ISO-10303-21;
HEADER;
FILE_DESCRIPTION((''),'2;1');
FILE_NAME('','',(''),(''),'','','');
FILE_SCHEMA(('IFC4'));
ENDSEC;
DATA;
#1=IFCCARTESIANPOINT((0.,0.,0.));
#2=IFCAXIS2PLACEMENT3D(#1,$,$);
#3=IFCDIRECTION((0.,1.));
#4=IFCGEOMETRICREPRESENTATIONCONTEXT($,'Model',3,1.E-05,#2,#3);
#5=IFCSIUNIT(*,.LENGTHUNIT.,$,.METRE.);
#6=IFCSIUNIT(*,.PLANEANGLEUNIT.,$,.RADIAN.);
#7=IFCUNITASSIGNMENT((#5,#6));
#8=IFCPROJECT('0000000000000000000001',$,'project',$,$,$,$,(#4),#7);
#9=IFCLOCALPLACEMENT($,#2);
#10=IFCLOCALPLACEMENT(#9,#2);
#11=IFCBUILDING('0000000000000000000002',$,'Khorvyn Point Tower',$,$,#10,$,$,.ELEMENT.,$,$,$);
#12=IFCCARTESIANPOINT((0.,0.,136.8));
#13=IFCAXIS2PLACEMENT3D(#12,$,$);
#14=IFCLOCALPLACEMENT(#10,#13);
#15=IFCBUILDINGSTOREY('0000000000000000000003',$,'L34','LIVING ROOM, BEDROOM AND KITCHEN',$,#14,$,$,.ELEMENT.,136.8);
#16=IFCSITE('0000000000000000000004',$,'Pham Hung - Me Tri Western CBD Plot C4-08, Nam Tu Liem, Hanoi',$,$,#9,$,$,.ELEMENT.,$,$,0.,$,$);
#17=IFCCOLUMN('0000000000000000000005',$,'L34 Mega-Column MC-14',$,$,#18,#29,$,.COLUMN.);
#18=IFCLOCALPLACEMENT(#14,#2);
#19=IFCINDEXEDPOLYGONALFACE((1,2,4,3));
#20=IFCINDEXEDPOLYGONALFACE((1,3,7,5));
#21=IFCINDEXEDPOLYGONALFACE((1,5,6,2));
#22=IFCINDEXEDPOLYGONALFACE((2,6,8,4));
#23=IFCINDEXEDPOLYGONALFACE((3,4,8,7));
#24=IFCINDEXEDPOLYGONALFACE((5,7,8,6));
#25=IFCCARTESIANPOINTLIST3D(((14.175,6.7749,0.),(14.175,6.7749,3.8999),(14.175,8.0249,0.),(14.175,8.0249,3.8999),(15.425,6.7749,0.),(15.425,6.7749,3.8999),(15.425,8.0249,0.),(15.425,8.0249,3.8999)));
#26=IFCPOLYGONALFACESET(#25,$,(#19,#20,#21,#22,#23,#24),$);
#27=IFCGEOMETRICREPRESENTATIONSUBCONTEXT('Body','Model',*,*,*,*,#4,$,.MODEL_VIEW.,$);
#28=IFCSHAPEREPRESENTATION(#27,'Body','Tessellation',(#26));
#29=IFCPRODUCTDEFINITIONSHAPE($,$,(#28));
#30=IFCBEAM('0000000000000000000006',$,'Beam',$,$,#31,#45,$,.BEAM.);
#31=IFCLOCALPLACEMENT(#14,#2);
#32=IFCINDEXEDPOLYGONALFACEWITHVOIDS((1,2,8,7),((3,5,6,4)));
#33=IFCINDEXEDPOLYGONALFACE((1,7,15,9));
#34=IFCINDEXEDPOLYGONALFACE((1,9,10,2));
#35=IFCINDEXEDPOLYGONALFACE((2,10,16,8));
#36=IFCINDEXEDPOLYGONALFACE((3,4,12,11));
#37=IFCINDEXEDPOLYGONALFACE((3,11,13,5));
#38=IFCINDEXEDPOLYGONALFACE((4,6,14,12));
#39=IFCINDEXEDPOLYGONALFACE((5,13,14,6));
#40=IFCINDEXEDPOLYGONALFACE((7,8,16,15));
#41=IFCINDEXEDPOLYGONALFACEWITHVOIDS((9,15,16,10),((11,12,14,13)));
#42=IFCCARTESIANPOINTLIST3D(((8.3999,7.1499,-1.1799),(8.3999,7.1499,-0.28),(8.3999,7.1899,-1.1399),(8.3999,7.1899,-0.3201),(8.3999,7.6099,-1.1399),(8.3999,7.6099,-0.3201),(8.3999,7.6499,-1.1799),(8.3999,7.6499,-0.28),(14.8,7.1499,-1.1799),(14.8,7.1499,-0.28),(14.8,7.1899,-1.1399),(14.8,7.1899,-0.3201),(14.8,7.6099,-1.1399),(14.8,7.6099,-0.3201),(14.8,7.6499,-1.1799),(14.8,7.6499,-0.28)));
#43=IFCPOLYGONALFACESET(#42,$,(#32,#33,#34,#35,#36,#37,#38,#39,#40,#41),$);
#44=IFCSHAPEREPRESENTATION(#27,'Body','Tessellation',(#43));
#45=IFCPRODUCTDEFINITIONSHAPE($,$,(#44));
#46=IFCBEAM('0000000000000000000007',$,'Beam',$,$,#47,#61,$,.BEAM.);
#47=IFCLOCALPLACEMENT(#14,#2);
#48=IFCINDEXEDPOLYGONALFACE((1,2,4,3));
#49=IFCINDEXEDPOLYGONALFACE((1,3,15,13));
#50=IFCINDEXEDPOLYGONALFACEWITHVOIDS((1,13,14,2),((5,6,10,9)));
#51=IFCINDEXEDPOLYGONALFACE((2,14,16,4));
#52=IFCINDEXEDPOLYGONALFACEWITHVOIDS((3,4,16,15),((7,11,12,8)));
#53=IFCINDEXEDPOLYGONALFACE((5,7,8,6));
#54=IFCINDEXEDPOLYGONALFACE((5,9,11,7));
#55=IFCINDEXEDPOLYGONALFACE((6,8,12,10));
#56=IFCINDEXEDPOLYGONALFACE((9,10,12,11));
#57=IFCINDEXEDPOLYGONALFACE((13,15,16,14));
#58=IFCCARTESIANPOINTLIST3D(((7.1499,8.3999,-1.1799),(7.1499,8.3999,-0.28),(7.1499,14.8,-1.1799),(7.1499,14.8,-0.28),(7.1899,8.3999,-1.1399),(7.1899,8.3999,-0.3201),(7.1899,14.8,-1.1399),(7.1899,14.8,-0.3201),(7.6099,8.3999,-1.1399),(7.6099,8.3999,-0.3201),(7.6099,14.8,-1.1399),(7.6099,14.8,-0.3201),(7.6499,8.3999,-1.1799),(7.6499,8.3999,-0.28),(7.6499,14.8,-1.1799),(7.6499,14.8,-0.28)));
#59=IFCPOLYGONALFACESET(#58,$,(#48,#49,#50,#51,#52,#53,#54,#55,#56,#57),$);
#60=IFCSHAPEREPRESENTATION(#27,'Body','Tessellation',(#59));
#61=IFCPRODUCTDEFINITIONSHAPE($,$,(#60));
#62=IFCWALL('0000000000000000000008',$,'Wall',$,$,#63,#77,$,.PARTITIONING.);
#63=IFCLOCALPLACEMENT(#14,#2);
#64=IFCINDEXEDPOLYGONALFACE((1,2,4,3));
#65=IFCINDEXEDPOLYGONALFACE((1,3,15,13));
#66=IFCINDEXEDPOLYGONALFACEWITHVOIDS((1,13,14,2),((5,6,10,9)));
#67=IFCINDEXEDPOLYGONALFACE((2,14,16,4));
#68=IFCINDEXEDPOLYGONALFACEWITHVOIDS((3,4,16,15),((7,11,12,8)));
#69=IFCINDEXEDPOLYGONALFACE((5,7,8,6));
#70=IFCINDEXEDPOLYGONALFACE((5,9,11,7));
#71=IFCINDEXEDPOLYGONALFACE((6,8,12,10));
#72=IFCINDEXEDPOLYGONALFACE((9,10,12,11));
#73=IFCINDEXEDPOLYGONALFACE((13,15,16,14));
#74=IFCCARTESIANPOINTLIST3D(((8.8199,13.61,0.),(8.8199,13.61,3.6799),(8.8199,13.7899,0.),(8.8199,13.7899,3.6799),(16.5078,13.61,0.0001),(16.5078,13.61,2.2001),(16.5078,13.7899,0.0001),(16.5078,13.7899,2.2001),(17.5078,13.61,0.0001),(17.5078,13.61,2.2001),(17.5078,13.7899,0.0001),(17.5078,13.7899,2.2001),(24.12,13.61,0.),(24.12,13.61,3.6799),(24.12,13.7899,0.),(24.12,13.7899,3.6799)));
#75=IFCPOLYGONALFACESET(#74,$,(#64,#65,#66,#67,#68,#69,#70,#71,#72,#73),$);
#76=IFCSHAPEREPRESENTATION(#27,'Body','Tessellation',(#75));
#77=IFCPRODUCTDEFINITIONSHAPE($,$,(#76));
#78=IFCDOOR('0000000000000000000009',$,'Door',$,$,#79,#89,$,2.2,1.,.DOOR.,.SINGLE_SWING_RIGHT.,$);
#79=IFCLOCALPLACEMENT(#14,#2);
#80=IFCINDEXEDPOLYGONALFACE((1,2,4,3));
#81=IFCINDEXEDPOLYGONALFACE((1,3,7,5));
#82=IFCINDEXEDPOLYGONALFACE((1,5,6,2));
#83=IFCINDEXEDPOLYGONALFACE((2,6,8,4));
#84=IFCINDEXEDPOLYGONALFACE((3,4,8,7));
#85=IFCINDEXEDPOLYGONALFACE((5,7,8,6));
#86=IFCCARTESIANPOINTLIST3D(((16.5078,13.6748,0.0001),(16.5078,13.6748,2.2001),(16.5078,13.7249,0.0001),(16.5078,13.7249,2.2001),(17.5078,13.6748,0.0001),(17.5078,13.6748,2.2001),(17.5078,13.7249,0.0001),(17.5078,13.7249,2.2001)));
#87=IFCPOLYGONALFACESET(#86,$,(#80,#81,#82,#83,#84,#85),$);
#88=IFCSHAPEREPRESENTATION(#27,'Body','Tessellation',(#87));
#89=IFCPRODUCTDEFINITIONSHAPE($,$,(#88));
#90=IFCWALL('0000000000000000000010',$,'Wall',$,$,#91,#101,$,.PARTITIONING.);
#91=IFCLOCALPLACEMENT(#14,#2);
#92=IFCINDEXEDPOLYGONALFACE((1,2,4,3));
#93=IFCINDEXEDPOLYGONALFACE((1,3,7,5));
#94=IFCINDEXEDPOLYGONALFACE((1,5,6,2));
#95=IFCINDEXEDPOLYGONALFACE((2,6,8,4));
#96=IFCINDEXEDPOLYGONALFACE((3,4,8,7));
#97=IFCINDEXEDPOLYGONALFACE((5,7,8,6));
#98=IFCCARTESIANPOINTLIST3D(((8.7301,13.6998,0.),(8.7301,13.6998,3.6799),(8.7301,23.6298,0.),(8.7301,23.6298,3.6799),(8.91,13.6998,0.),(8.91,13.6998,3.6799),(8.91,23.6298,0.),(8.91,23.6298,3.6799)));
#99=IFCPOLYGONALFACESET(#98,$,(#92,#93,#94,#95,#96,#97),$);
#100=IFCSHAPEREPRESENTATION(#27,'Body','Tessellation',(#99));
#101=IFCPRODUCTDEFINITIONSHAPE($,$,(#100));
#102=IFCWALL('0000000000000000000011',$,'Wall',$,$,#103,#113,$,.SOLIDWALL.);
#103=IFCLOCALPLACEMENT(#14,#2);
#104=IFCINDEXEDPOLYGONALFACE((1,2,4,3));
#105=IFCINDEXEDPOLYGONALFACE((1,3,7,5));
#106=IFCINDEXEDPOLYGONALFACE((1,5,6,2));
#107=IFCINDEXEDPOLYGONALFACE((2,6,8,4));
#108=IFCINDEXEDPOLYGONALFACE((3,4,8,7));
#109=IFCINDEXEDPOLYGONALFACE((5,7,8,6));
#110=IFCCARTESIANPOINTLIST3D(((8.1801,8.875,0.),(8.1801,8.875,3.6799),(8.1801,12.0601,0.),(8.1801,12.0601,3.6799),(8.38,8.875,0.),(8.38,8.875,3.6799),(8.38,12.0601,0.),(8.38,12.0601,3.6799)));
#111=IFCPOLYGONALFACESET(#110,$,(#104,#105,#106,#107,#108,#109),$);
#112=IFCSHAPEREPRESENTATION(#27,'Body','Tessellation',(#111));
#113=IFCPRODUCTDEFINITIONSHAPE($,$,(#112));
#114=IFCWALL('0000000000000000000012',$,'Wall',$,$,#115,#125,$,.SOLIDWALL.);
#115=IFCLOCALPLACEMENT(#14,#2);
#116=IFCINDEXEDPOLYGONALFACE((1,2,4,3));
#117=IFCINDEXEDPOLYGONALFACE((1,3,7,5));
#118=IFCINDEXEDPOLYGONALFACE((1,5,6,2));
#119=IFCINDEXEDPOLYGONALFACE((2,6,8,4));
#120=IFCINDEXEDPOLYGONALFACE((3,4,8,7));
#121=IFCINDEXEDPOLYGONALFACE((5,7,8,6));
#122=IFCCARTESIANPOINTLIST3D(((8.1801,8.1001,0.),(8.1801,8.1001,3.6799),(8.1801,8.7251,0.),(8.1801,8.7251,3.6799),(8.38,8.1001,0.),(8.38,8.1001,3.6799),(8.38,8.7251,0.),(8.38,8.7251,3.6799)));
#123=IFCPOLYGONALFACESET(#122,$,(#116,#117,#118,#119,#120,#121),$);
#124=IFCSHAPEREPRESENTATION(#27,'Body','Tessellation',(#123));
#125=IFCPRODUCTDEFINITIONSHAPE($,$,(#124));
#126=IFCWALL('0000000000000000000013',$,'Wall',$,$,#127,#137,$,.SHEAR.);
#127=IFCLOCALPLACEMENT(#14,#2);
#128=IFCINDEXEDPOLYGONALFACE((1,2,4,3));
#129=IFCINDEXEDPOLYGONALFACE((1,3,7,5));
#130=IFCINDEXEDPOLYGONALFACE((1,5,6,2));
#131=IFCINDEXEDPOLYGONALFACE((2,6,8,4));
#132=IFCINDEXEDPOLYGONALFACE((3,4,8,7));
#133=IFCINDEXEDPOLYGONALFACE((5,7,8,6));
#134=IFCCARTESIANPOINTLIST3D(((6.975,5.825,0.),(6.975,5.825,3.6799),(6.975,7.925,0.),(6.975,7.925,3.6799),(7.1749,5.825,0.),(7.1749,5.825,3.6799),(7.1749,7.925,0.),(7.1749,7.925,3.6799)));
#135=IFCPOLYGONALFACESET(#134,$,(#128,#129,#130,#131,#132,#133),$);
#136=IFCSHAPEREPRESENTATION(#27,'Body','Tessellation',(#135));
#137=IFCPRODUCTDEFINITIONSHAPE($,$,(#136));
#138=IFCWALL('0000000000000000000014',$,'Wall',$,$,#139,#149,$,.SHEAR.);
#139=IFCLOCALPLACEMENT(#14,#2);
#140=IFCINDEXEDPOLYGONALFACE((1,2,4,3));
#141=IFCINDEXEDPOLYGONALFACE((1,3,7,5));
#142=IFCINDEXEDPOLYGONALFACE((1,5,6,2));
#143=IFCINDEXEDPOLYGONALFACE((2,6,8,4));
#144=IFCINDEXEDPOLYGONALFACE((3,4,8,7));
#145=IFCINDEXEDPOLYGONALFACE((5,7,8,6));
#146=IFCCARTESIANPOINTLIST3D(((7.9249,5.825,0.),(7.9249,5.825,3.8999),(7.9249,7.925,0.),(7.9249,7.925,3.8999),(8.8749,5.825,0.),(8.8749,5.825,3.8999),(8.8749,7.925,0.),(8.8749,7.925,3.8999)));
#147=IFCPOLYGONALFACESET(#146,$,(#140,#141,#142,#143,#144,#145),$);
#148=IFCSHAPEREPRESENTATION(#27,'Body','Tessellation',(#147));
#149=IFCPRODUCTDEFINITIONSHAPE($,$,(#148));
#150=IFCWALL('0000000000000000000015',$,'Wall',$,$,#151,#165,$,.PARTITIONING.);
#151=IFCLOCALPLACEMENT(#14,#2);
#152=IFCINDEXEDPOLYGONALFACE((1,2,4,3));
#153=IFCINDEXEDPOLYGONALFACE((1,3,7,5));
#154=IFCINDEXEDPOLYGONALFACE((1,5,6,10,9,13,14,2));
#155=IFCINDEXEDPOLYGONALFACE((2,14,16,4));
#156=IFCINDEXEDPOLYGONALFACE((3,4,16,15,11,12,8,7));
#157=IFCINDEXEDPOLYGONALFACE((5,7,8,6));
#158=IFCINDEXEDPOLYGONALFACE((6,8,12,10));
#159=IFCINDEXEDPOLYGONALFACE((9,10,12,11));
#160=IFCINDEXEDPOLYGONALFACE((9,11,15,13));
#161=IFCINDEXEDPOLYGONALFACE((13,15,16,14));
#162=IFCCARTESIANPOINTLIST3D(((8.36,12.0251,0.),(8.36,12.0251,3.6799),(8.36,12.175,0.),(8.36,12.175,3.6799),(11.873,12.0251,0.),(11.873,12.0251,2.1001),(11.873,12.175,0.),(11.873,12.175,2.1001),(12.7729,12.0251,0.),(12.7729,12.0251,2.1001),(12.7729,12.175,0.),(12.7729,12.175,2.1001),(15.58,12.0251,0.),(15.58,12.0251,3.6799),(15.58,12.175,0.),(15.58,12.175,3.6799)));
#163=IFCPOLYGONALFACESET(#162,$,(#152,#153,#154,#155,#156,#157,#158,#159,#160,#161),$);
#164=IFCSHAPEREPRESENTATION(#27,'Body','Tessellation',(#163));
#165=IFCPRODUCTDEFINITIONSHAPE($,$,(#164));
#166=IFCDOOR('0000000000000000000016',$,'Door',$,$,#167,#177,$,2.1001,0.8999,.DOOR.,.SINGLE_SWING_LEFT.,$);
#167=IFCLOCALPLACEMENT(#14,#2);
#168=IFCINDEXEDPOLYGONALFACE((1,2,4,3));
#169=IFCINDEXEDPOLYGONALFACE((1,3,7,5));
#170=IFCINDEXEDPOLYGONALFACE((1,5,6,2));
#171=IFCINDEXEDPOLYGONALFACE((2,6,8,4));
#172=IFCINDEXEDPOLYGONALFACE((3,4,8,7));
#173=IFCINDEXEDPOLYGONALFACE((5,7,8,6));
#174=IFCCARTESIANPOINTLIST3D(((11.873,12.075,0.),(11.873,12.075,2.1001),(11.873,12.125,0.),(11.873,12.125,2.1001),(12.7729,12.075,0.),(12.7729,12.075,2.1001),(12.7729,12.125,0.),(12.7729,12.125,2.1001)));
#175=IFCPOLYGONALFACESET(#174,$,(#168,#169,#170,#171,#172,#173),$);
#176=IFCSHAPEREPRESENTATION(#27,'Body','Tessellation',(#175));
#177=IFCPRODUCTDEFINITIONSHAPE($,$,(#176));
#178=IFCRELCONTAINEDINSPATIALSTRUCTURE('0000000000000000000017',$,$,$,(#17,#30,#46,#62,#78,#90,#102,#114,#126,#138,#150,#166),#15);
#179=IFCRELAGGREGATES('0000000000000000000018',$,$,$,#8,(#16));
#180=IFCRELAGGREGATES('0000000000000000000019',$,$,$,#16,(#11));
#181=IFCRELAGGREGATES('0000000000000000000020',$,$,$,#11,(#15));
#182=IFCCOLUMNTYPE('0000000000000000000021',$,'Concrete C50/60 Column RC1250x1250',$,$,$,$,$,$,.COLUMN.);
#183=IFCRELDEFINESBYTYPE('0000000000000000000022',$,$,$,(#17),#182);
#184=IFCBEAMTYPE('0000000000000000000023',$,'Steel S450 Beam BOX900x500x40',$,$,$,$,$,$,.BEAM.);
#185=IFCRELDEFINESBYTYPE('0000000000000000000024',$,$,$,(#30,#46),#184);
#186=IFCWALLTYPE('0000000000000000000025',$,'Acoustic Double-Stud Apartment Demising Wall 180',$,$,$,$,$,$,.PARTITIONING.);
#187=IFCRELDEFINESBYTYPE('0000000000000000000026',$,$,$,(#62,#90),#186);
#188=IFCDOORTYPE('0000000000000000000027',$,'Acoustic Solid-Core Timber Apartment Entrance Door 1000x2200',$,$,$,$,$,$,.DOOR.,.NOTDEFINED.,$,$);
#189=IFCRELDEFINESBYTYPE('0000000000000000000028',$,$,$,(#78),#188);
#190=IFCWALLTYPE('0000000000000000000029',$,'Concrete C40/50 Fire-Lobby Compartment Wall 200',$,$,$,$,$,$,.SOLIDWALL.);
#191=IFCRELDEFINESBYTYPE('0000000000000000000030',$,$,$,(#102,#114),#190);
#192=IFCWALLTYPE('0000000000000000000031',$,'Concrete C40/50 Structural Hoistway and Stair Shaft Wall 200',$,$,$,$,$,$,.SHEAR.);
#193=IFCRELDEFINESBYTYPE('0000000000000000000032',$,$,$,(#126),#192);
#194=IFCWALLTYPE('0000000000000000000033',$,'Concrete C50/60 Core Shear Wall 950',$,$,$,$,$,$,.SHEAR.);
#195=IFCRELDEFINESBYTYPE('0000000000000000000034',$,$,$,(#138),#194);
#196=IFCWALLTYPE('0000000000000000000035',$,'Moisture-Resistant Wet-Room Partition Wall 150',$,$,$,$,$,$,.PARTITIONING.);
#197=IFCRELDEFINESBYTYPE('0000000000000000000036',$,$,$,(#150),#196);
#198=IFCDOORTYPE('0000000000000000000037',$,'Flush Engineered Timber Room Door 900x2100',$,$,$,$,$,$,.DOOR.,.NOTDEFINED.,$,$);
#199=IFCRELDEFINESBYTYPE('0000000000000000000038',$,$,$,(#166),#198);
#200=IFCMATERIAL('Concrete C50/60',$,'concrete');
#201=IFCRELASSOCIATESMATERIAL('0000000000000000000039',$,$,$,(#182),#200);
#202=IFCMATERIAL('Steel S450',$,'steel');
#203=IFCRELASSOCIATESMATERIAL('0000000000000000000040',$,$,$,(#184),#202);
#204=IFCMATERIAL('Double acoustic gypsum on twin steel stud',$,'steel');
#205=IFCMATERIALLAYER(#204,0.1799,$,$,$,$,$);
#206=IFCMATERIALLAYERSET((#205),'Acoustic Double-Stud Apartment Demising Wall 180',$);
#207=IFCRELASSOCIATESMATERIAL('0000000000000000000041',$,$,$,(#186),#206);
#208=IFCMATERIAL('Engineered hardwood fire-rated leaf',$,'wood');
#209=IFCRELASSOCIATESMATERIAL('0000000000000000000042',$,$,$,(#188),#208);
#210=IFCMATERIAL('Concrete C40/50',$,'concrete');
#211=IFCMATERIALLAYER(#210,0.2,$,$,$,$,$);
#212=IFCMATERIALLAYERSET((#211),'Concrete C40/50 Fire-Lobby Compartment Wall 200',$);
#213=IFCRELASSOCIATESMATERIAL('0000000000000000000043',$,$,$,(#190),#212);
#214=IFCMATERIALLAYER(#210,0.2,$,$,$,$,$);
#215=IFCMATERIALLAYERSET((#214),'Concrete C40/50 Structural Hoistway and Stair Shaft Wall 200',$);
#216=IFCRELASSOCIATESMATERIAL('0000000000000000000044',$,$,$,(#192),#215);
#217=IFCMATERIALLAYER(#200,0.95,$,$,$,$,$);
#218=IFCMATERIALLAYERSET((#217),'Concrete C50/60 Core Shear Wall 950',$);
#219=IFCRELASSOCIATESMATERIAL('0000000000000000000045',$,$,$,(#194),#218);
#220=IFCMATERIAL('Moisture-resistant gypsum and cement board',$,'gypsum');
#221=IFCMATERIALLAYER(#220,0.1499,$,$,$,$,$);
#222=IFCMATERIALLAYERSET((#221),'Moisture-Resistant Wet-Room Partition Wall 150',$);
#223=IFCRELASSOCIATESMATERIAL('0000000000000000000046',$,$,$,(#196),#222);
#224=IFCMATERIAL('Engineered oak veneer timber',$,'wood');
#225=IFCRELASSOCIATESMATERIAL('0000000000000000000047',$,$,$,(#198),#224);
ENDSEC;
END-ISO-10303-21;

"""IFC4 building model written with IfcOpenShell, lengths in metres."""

from ifc_helpers import new_model, si_unit, direction, frame, frame_2d, origin, origin_2d, place, context, subcontext, project, spatial, rectangle, hollow_rectangle, extrude, material, layer, layer_set, material_profile, profile_set, type_object, element, fill, save


model = new_model("IFC4")

# Units and contexts
model_context = context("Model", 3, precision=1e-05, world=origin(), true_north=direction((0.0, 1.0)))
body_context = subcontext(model_context, "Body", "Model", "MODEL_VIEW")
ifc_project = project(units=[si_unit("LENGTHUNIT", "METRE"), si_unit("PLANEANGLEUNIT", "RADIAN")], contexts=[model_context])

# Site, building, storey
site_placement = place(None, origin())
site = spatial("IfcSite", under=ifc_project, at=site_placement, Name="Pham Hung - Me Tri Western CBD Plot C4-08, Nam Tu Liem, Hanoi", CompositionType="ELEMENT", RefElevation=0.0)
building_placement = place(site_placement, origin())
building = spatial("IfcBuilding", under=site, at=building_placement, Name="Khorvyn Point Tower", CompositionType="ELEMENT")
storey_placement = place(building_placement, frame((0.0, 0.0, 136.8)))
storey = spatial("IfcBuildingStorey", under=building, at=storey_placement, Name="L34", Description="LIVING ROOM, BEDROOM AND KITCHEN", CompositionType="ELEMENT", Elevation=136.8)

# Column
ifc_material_1 = material(Name="Concrete C50/60", Category="concrete")
ifc_material_profile_1 = material_profile(ifc_material_1, rectangle(XDim=1.25, YDim=1.25, at=origin_2d()))
ifc_profile_set_1 = profile_set([ifc_material_profile_1], Name="Concrete C50/60 RC1250x1250")
column_type = type_object("IfcColumnType", Name="Concrete C50/60 Column RC1250x1250", PredefinedType="COLUMN", material=ifc_profile_set_1)
column_placement = place(storey_placement, frame((14.8, 7.3999, 0.0), z_axis=(0.0, 0.0, 1.0), x_axis=(1.0, 0.0, 0.0)))
element("IfcColumn", 1, at=column_placement, inside=storey, type_object=column_type, Name="L34 Mega-Column MC-14", PredefinedType="COLUMN", context=body_context, shape_type="SweptSolid", body=[
    extrude(rectangle(XDim=1.25, YDim=1.25, at=origin_2d()), origin(), (0.0, 0.0, 1.0), 3.8999),
])

# Beams
ifc_material_2 = material(Name="Steel S450", Category="steel")
ifc_material_profile_2 = material_profile(ifc_material_2, hollow_rectangle(XDim=0.5, YDim=0.8999, WallThickness=0.04, at=origin_2d()))
ifc_profile_set_2 = profile_set([ifc_material_profile_2], Name="Steel S450 BOX900x500x40")
beam_type = type_object("IfcBeamType", Name="Steel S450 Beam BOX900x500x40", PredefinedType="BEAM", material=ifc_profile_set_2)
for number, where, z_axis, x_axis, name in (
    (2, (8.3999, 7.3999, -0.73), (1.0, 0.0, 0.0), (0.0, 1.0, 0.0), "Beam"),
    (3, (7.3999, 8.3999, -0.73), (0.0, 1.0, 0.0), (-1.0, 0.0, 0.0), "Beam"),
):
    element("IfcBeam", number, at=place(storey_placement, frame(where, z_axis=z_axis, x_axis=x_axis)), inside=storey, type_object=beam_type, Name=name, PredefinedType="BEAM", context=body_context, shape_type="SweptSolid", body=[
        extrude(hollow_rectangle(XDim=0.5, YDim=0.8999, WallThickness=0.04, at=origin_2d()), origin(), (0.0, 0.0, 1.0), 6.4001),
    ])

# Wall, opening, door
ifc_material_3 = material(Name="Double acoustic gypsum on twin steel stud", Category="steel")
ifc_layer_1 = layer(ifc_material_3, 0.1799)
ifc_layer_set_1 = layer_set([ifc_layer_1], Name="Acoustic Double-Stud Apartment Demising Wall 180")
wall_type_1 = type_object("IfcWallType", Name="Acoustic Double-Stud Apartment Demising Wall 180", PredefinedType="PARTITIONING", material=ifc_layer_set_1)
wall_1_placement = place(storey_placement, frame((8.8201, 13.7, 0.0), z_axis=(0.0, 0.0, 1.0), x_axis=(1.0, 0.0, 0.0)))
wall_1 = element("IfcWall", 4, at=wall_1_placement, inside=storey, type_object=wall_type_1, Name="Wall", PredefinedType="PARTITIONING", context=body_context, shape_type="SweptSolid", body=[
    extrude(rectangle(XDim=15.3, YDim=0.1799, at=frame_2d((7.6499, 0.0))), origin(), (0.0, 0.0, 1.0), 3.6799),
])
opening_1_placement = place(wall_1_placement, frame((7.6877, 0.0, 0.0)))
opening_1 = element("IfcOpeningElement", 5, at=opening_1_placement, cuts=wall_1, PredefinedType="OPENING", context=body_context, shape_type="SweptSolid", body=[
    extrude(rectangle(XDim=1.0, YDim=2.2, at=frame_2d((0.5, 1.1001))), frame((0.0, 0.0999, 0.0), z_axis=(0.0, -1.0, 0.0), x_axis=(1.0, 0.0, 0.0)), (0.0, 0.0, 1.0), 0.2),
])
ifc_material_4 = material(Name="Engineered hardwood fire-rated leaf", Category="wood")
door_type_1 = type_object("IfcDoorType", Name="Acoustic Solid-Core Timber Apartment Entrance Door 1000x2200", OperationType="NOTDEFINED", PredefinedType="DOOR", material=ifc_material_4)
door_1_placement = place(opening_1_placement, origin())
door_1 = element("IfcDoor", 6, at=door_1_placement, inside=storey, type_object=door_type_1, Name="Door", OperationType="SINGLE_SWING_RIGHT", OverallHeight=2.2, OverallWidth=1.0, PredefinedType="DOOR", context=body_context, shape_type="SweptSolid", body=[
    extrude(rectangle(XDim=1.0, YDim=2.2, at=frame_2d((0.5, 1.1001))), frame((0.0, 0.0249, 0.0), z_axis=(0.0, -1.0, 0.0), x_axis=(1.0, 0.0, 0.0)), (0.0, 0.0, 1.0), 0.05),
])
fill(opening_1, door_1)

# Wall
wall_2_placement = place(storey_placement, frame((8.8201, 13.7, 0.0), z_axis=(0.0, 0.0, 1.0), x_axis=(0.0, 1.0, 0.0)))
element("IfcWall", 7, at=wall_2_placement, inside=storey, type_object=wall_type_1, Name="Wall", PredefinedType="PARTITIONING", context=body_context, shape_type="SweptSolid", body=[
    extrude(rectangle(XDim=9.9299, YDim=0.1799, at=frame_2d((4.9648, 0.0))), origin(), (0.0, 0.0, 1.0), 3.6799),
])

# Shared definitions
ifc_material_5 = material(Name="Concrete C40/50", Category="concrete")
ifc_layer_2 = layer(ifc_material_5, 0.2)
ifc_layer_set_2 = layer_set([ifc_layer_2], Name="Concrete C40/50 Fire-Lobby Compartment Wall 200")
wall_type_2 = type_object("IfcWallType", Name="Concrete C40/50 Fire-Lobby Compartment Wall 200", PredefinedType="SOLIDWALL", material=ifc_layer_set_2)

# Walls
wall_3_placement = place(storey_placement, frame((8.28, 8.875, 0.0), z_axis=(0.0, 0.0, 1.0), x_axis=(0.0, 1.0, 0.0)))
element("IfcWall", 8, at=wall_3_placement, inside=storey, type_object=wall_type_2, Name="Wall", PredefinedType="SOLIDWALL", context=body_context, shape_type="SweptSolid", body=[
    extrude(rectangle(XDim=3.1851, YDim=0.2, at=frame_2d((1.5925, 0.0))), origin(), (0.0, 0.0, 1.0), 3.6799),
])
wall_4_placement = place(storey_placement, frame((8.28, 8.1001, 0.0), z_axis=(0.0, 0.0, 1.0), x_axis=(0.0, 1.0, 0.0)))
element("IfcWall", 9, at=wall_4_placement, inside=storey, type_object=wall_type_2, Name="Wall", PredefinedType="SOLIDWALL", context=body_context, shape_type="SweptSolid", body=[
    extrude(rectangle(XDim=0.625, YDim=0.2, at=frame_2d((0.3125, 0.0))), origin(), (0.0, 0.0, 1.0), 3.6799),
])
ifc_layer_3 = layer(ifc_material_5, 0.2)
ifc_layer_set_3 = layer_set([ifc_layer_3], Name="Concrete C40/50 Structural Hoistway and Stair Shaft Wall 200")
wall_type_3 = type_object("IfcWallType", Name="Concrete C40/50 Structural Hoistway and Stair Shaft Wall 200", PredefinedType="SHEAR", material=ifc_layer_set_3)
wall_5_placement = place(storey_placement, frame((7.075, 5.825, 0.0), z_axis=(0.0, 0.0, 1.0), x_axis=(0.0, 1.0, 0.0)))
element("IfcWall", 10, at=wall_5_placement, inside=storey, type_object=wall_type_3, Name="Wall", PredefinedType="SHEAR", context=body_context, shape_type="SweptSolid", body=[
    extrude(rectangle(XDim=2.1001, YDim=0.2, at=frame_2d((1.05, 0.0))), origin(), (0.0, 0.0, 1.0), 3.6799),
])
ifc_layer_4 = layer(ifc_material_1, 0.95)
ifc_layer_set_4 = layer_set([ifc_layer_4], Name="Concrete C50/60 Core Shear Wall 950")
wall_type_4 = type_object("IfcWallType", Name="Concrete C50/60 Core Shear Wall 950", PredefinedType="SHEAR", material=ifc_layer_set_4)
wall_6_placement = place(storey_placement, frame((8.3999, 5.825, 0.0), z_axis=(0.0, 0.0, 1.0), x_axis=(0.0, 1.0, 0.0)))
element("IfcWall", 11, at=wall_6_placement, inside=storey, type_object=wall_type_4, Name="Wall", PredefinedType="SHEAR", context=body_context, shape_type="SweptSolid", body=[
    extrude(rectangle(XDim=2.1001, YDim=0.95, at=frame_2d((1.05, 0.0))), origin(), (0.0, 0.0, 1.0), 3.8999),
])

# Wall, opening, door
ifc_material_6 = material(Name="Moisture-resistant gypsum and cement board", Category="gypsum")
ifc_layer_5 = layer(ifc_material_6, 0.1499)
ifc_layer_set_5 = layer_set([ifc_layer_5], Name="Moisture-Resistant Wet-Room Partition Wall 150")
wall_type_5 = type_object("IfcWallType", Name="Moisture-Resistant Wet-Room Partition Wall 150", PredefinedType="PARTITIONING", material=ifc_layer_set_5)
wall_7_placement = place(storey_placement, frame((8.3601, 12.1001, 0.0), z_axis=(0.0, 0.0, 1.0), x_axis=(1.0, 0.0, 0.0)))
wall_7 = element("IfcWall", 12, at=wall_7_placement, inside=storey, type_object=wall_type_5, Name="Wall", PredefinedType="PARTITIONING", context=body_context, shape_type="SweptSolid", body=[
    extrude(rectangle(XDim=7.22, YDim=0.1499, at=frame_2d((3.6099, 0.0))), origin(), (0.0, 0.0, 1.0), 3.6799),
])
opening_2_placement = place(wall_7_placement, frame((3.5129, 0.0, 0.0)))
opening_2 = element("IfcOpeningElement", 13, at=opening_2_placement, cuts=wall_7, PredefinedType="OPENING", context=body_context, shape_type="SweptSolid", body=[
    extrude(rectangle(XDim=0.8999, YDim=2.1001, at=frame_2d((0.45, 1.05))), frame((0.0, 0.085, 0.0), z_axis=(0.0, -1.0, 0.0), x_axis=(1.0, 0.0, 0.0)), (0.0, 0.0, 1.0), 0.1699),
])
ifc_material_7 = material(Name="Engineered oak veneer timber", Category="wood")
door_type_2 = type_object("IfcDoorType", Name="Flush Engineered Timber Room Door 900x2100", OperationType="NOTDEFINED", PredefinedType="DOOR", material=ifc_material_7)
door_2_placement = place(opening_2_placement, origin())
door_2 = element("IfcDoor", 14, at=door_2_placement, inside=storey, type_object=door_type_2, Name="Door", OperationType="SINGLE_SWING_LEFT", OverallHeight=2.1001, OverallWidth=0.8999, PredefinedType="DOOR", context=body_context, shape_type="SweptSolid", body=[
    extrude(rectangle(XDim=0.8999, YDim=2.1001, at=frame_2d((0.45, 1.05))), frame((0.0, 0.0249, 0.0), z_axis=(0.0, -1.0, 0.0), x_axis=(1.0, 0.0, 0.0)), (0.0, 0.0, 1.0), 0.05),
])
fill(opening_2, door_2)

save(model, "model.ifc")
